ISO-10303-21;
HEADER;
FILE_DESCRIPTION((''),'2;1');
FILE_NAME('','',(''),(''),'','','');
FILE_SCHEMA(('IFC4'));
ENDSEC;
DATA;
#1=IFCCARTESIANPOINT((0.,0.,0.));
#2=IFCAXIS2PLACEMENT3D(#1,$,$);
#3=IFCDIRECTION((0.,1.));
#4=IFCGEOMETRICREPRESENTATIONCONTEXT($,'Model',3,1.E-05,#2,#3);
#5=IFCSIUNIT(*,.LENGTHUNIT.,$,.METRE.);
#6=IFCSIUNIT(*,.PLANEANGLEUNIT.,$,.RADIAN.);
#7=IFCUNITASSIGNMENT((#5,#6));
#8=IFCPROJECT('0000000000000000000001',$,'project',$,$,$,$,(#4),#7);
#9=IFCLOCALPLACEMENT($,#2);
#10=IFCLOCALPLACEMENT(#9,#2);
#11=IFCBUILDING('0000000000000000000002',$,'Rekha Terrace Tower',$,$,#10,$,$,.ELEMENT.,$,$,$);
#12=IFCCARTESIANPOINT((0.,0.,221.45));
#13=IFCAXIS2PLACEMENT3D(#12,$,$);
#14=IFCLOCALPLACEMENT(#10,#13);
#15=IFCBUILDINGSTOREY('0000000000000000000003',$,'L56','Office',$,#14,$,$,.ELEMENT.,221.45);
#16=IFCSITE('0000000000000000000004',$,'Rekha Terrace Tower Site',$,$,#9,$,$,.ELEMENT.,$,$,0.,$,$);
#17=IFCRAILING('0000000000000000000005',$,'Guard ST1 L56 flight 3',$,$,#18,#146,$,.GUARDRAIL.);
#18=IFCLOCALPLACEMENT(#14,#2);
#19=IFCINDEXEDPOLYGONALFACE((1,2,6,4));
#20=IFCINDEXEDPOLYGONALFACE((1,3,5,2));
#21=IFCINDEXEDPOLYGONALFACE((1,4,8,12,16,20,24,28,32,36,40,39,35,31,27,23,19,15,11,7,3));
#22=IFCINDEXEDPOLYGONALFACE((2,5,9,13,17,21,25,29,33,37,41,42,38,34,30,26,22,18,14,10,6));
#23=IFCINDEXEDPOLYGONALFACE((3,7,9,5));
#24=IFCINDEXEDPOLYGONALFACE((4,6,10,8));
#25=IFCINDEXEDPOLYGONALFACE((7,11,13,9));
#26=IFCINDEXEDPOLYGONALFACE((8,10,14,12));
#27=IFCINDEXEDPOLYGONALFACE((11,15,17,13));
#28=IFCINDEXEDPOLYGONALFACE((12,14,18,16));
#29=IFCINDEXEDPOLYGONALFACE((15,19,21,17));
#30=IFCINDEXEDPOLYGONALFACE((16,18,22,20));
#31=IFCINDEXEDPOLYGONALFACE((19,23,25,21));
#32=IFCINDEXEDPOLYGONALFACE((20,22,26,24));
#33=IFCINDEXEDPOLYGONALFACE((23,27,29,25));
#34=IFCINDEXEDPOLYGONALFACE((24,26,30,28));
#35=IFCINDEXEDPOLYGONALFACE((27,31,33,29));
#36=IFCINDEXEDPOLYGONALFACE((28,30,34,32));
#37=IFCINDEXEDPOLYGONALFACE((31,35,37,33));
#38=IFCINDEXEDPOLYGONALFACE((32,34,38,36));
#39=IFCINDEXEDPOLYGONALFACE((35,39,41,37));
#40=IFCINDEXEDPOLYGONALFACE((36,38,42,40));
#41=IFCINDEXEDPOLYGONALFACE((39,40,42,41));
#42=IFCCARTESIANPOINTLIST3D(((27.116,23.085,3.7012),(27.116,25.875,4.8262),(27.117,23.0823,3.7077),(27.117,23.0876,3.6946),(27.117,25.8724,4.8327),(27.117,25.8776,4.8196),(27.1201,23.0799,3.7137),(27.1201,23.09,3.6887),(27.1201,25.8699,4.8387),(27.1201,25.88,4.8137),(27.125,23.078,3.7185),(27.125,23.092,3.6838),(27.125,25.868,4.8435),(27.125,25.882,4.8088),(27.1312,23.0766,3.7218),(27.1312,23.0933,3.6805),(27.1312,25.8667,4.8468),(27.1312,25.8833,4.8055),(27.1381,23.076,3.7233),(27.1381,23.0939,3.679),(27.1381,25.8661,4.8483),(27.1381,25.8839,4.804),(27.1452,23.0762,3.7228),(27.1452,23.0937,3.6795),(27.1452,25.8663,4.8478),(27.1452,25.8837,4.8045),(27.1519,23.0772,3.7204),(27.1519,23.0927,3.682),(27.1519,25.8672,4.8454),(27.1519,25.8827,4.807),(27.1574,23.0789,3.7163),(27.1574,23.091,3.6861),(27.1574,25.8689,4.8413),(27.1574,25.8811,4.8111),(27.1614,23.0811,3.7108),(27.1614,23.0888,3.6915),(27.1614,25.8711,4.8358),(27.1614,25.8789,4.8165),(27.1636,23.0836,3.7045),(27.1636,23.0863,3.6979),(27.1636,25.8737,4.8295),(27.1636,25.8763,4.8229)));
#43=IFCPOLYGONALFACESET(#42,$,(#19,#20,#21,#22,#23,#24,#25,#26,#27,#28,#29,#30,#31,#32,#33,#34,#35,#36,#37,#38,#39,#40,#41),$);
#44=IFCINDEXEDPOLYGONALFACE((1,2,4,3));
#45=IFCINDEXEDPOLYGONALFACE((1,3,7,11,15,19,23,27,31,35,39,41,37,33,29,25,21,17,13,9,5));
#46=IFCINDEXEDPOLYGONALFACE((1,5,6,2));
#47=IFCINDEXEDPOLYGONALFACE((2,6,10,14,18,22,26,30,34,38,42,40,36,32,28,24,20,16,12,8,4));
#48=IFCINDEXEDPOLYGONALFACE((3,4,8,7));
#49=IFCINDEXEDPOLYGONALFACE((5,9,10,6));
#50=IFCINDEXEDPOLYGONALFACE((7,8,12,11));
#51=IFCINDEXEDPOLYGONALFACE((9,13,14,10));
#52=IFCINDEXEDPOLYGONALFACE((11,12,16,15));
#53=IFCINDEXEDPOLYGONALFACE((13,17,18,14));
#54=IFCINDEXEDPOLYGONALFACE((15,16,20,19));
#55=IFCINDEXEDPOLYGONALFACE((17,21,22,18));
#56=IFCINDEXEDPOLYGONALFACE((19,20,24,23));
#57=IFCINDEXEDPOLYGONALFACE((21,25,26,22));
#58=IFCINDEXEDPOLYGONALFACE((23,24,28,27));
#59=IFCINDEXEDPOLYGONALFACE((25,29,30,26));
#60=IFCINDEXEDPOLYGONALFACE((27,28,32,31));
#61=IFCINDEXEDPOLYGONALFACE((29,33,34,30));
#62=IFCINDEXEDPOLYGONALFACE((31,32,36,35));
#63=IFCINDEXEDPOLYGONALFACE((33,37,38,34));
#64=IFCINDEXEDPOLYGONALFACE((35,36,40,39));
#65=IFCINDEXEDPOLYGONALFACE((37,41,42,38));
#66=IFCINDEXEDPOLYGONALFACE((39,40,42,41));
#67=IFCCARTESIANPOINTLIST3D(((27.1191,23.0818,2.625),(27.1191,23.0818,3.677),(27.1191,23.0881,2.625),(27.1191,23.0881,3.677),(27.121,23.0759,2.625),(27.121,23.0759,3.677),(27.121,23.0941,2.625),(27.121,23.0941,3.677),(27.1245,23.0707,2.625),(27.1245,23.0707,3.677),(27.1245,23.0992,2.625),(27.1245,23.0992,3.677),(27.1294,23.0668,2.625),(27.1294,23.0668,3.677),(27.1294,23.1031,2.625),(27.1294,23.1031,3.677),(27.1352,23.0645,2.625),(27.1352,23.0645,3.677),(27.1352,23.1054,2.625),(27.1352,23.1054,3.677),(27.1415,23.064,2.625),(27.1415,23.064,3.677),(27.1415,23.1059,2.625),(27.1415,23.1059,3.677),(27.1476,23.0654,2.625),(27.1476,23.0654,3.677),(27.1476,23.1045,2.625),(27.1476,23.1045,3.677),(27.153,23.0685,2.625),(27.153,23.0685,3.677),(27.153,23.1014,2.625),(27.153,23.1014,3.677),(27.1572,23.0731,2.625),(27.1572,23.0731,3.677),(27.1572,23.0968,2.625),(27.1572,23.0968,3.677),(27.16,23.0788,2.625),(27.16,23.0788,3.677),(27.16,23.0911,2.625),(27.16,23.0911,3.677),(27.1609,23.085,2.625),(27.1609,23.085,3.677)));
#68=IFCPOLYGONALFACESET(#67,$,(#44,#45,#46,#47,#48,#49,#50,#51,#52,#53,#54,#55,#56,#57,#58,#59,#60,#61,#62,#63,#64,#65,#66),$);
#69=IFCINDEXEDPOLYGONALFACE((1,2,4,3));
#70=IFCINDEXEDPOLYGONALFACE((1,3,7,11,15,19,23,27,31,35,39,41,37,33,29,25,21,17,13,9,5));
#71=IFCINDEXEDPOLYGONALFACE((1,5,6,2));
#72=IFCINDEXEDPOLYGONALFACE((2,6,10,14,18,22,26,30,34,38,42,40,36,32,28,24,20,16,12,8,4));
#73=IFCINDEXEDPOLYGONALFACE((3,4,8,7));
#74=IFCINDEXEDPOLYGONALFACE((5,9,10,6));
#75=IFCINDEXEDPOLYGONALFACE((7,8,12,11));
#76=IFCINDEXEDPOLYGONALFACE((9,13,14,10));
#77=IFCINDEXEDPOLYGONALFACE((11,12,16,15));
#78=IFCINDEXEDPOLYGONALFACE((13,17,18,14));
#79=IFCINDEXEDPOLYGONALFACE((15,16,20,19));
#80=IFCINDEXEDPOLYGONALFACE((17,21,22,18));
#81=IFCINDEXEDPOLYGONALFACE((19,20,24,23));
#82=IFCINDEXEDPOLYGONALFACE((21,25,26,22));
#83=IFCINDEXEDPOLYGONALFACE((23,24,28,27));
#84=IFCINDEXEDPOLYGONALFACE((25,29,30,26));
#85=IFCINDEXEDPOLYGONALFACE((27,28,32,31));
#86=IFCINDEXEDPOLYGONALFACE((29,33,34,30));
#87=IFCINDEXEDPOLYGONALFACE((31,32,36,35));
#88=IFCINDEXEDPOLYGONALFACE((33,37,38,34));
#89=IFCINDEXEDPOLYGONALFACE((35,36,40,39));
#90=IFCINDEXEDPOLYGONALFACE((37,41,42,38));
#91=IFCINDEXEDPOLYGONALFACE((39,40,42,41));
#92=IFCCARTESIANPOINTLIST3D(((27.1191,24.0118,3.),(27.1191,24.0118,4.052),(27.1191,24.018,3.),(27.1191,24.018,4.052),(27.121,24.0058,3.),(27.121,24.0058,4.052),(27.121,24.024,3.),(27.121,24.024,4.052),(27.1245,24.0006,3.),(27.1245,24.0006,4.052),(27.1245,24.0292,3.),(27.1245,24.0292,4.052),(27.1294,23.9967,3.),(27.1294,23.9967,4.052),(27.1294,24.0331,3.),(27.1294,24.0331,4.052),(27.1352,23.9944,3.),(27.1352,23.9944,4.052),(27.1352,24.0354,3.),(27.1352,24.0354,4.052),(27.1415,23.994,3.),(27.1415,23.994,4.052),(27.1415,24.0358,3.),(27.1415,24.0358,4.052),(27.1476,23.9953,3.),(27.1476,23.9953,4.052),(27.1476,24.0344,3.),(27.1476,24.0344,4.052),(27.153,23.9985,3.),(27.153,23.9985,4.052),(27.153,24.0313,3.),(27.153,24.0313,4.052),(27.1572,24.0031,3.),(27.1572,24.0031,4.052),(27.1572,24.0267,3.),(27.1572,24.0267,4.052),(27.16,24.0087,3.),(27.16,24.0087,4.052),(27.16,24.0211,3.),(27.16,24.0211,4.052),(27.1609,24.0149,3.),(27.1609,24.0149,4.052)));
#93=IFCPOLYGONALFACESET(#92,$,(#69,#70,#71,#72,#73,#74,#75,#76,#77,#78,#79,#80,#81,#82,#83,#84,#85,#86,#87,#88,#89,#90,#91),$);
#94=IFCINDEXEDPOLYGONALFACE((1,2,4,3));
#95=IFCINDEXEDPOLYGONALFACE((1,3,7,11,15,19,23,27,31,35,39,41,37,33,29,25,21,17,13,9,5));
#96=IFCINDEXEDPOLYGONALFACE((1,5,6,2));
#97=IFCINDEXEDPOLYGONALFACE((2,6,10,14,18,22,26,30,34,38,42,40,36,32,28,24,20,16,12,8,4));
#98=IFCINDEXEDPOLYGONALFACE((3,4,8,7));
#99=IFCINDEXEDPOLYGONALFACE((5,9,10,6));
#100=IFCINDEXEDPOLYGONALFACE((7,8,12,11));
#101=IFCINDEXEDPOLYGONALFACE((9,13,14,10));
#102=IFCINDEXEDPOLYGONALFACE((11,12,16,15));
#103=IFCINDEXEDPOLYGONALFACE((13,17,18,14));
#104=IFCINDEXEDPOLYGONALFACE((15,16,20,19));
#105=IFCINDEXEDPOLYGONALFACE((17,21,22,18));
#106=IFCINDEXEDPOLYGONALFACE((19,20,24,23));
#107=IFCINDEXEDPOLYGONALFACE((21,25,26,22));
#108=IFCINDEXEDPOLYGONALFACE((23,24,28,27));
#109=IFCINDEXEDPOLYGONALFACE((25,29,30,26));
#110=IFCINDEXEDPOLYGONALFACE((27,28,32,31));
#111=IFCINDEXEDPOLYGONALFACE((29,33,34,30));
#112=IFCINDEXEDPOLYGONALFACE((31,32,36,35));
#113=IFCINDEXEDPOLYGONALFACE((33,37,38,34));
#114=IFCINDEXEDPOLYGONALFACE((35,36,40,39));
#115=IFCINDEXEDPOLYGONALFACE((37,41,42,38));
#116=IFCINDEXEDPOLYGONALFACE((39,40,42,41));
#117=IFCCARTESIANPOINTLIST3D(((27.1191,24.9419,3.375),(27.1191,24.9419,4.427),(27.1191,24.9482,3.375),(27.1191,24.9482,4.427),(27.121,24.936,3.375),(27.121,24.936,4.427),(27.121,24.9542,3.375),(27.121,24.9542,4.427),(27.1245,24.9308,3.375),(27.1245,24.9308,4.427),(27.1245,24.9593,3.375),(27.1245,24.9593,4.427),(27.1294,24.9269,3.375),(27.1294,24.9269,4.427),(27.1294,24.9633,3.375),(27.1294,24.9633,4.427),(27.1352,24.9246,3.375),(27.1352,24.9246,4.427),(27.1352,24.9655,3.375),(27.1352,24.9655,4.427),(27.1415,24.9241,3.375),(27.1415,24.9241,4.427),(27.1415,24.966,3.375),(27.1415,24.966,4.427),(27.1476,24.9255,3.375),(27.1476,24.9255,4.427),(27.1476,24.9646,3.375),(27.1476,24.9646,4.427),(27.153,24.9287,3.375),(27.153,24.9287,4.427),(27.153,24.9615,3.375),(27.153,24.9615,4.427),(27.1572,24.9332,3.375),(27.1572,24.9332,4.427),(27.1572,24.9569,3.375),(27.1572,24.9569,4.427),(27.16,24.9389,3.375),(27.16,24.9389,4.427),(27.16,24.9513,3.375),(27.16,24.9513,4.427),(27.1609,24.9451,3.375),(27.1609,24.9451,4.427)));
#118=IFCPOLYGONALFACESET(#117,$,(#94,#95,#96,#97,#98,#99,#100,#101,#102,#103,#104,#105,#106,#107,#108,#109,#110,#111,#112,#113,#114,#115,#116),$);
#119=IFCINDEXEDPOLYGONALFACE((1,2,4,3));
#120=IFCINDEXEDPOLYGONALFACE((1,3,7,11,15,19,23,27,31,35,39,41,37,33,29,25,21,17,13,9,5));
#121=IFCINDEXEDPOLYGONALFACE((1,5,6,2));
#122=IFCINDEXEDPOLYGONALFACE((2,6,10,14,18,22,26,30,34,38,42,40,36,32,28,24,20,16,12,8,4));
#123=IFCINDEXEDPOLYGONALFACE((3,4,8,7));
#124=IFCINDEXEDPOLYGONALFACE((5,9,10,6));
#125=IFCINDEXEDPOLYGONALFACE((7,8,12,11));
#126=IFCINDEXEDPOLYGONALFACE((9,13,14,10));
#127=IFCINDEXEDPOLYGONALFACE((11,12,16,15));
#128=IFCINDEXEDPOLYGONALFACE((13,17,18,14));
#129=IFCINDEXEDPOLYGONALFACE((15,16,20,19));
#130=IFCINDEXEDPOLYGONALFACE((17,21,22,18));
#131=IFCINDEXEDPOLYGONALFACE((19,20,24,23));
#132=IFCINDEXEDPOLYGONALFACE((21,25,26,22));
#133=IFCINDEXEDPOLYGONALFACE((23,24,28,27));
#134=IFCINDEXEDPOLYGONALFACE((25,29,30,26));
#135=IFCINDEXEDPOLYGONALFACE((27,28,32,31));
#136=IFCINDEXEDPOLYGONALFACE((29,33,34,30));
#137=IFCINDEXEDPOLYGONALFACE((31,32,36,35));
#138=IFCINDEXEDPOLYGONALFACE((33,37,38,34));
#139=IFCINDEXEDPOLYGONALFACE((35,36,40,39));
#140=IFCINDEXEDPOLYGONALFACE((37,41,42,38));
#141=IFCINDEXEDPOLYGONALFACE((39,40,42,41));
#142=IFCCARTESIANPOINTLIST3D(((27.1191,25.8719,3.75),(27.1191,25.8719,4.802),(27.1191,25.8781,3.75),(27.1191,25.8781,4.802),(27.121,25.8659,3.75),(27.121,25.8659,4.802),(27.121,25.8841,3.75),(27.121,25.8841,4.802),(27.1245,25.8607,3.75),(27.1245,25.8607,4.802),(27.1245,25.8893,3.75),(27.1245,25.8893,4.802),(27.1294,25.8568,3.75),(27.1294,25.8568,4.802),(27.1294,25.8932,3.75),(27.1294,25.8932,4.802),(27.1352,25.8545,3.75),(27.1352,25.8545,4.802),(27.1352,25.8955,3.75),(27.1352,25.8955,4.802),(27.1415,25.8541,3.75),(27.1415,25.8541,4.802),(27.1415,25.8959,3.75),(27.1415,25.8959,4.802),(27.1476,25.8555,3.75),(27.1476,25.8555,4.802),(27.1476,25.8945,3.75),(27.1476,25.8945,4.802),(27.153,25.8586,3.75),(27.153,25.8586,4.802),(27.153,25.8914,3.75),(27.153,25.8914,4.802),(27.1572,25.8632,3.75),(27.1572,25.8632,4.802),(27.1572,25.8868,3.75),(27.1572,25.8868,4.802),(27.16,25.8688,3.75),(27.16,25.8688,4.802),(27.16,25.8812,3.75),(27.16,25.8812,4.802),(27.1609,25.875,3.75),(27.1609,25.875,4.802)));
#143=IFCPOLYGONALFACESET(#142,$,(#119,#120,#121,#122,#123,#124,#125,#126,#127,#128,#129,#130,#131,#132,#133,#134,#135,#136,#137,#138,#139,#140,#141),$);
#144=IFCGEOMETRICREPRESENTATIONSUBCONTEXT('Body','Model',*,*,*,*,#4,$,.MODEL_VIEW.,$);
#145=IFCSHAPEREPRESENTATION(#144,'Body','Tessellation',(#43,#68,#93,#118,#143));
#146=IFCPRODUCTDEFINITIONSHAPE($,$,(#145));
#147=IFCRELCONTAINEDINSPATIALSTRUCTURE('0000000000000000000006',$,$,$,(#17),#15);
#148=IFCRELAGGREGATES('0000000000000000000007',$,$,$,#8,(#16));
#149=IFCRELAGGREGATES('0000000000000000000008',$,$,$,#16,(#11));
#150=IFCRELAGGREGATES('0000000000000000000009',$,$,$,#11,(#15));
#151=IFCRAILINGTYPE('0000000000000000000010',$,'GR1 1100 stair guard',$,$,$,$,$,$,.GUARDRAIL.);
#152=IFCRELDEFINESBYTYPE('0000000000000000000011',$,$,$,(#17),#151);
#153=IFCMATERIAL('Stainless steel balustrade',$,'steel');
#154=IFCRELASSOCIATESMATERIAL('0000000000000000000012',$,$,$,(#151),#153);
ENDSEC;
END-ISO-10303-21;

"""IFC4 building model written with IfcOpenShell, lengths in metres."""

from ifc_helpers import new_model, si_unit, direction, frame, origin, origin_2d, place, context, subcontext, project, spatial, circle, extrude, material, type_object, element, save


model = new_model("IFC4")

# Units and contexts
model_context = context("Model", 3, precision=1e-05, world=origin(), true_north=direction((0.0, 1.0)))
body_context = subcontext(model_context, "Body", "Model", "MODEL_VIEW")
ifc_project = project(units=[si_unit("LENGTHUNIT", "METRE"), si_unit("PLANEANGLEUNIT", "RADIAN")], contexts=[model_context])

# Site, building, storey
site_placement = place(None, origin())
site = spatial("IfcSite", under=ifc_project, at=site_placement, Name="Rekha Terrace Tower Site", CompositionType="ELEMENT", RefElevation=0.0)
building_placement = place(site_placement, origin())
building = spatial("IfcBuilding", under=site, at=building_placement, Name="Rekha Terrace Tower", CompositionType="ELEMENT")
storey_placement = place(building_placement, frame((0.0, 0.0, 221.45)))
storey = spatial("IfcBuildingStorey", under=building, at=storey_placement, Name="L56", Description="Office", CompositionType="ELEMENT", Elevation=221.45)

# Railing
ifc_material_1 = material(Name="Stainless steel balustrade", Category="steel")
railing_type_1 = type_object("IfcRailingType", Name="GR1 1100 stair guard", PredefinedType="GUARDRAIL", material=ifc_material_1)
railing_1_placement = place(storey_placement, frame((27.1399, 23.085, 2.625)))
element("IfcRailing", 1, at=railing_1_placement, inside=storey, type_object=railing_type_1, Name="Guard ST1 L56 flight 3", PredefinedType="GUARDRAIL", context=body_context, shape_type="SweptSolid", body=[
    extrude(circle(Radius=0.0239, at=origin_2d()), frame((0.0, 0.0, 1.0762), z_axis=(0.0, 0.927443, 0.373964), x_axis=(-1.0, 0.0, 0.0)), (0.0, 0.0, 1.0), 3.0083),
    extrude(circle(Radius=0.021, at=origin_2d()), origin(), (0.0, 0.0, 1.0), 1.052),
    extrude(circle(Radius=0.021, at=origin_2d()), frame((0.0, 0.9299, 0.375)), (0.0, 0.0, 1.0), 1.052),
    extrude(circle(Radius=0.021, at=origin_2d()), frame((0.0, 1.8601, 0.75)), (0.0, 0.0, 1.0), 1.052),
    extrude(circle(Radius=0.021, at=origin_2d()), frame((0.0, 2.79, 1.125)), (0.0, 0.0, 1.0), 1.052),
])

save(model, "model.ifc")
